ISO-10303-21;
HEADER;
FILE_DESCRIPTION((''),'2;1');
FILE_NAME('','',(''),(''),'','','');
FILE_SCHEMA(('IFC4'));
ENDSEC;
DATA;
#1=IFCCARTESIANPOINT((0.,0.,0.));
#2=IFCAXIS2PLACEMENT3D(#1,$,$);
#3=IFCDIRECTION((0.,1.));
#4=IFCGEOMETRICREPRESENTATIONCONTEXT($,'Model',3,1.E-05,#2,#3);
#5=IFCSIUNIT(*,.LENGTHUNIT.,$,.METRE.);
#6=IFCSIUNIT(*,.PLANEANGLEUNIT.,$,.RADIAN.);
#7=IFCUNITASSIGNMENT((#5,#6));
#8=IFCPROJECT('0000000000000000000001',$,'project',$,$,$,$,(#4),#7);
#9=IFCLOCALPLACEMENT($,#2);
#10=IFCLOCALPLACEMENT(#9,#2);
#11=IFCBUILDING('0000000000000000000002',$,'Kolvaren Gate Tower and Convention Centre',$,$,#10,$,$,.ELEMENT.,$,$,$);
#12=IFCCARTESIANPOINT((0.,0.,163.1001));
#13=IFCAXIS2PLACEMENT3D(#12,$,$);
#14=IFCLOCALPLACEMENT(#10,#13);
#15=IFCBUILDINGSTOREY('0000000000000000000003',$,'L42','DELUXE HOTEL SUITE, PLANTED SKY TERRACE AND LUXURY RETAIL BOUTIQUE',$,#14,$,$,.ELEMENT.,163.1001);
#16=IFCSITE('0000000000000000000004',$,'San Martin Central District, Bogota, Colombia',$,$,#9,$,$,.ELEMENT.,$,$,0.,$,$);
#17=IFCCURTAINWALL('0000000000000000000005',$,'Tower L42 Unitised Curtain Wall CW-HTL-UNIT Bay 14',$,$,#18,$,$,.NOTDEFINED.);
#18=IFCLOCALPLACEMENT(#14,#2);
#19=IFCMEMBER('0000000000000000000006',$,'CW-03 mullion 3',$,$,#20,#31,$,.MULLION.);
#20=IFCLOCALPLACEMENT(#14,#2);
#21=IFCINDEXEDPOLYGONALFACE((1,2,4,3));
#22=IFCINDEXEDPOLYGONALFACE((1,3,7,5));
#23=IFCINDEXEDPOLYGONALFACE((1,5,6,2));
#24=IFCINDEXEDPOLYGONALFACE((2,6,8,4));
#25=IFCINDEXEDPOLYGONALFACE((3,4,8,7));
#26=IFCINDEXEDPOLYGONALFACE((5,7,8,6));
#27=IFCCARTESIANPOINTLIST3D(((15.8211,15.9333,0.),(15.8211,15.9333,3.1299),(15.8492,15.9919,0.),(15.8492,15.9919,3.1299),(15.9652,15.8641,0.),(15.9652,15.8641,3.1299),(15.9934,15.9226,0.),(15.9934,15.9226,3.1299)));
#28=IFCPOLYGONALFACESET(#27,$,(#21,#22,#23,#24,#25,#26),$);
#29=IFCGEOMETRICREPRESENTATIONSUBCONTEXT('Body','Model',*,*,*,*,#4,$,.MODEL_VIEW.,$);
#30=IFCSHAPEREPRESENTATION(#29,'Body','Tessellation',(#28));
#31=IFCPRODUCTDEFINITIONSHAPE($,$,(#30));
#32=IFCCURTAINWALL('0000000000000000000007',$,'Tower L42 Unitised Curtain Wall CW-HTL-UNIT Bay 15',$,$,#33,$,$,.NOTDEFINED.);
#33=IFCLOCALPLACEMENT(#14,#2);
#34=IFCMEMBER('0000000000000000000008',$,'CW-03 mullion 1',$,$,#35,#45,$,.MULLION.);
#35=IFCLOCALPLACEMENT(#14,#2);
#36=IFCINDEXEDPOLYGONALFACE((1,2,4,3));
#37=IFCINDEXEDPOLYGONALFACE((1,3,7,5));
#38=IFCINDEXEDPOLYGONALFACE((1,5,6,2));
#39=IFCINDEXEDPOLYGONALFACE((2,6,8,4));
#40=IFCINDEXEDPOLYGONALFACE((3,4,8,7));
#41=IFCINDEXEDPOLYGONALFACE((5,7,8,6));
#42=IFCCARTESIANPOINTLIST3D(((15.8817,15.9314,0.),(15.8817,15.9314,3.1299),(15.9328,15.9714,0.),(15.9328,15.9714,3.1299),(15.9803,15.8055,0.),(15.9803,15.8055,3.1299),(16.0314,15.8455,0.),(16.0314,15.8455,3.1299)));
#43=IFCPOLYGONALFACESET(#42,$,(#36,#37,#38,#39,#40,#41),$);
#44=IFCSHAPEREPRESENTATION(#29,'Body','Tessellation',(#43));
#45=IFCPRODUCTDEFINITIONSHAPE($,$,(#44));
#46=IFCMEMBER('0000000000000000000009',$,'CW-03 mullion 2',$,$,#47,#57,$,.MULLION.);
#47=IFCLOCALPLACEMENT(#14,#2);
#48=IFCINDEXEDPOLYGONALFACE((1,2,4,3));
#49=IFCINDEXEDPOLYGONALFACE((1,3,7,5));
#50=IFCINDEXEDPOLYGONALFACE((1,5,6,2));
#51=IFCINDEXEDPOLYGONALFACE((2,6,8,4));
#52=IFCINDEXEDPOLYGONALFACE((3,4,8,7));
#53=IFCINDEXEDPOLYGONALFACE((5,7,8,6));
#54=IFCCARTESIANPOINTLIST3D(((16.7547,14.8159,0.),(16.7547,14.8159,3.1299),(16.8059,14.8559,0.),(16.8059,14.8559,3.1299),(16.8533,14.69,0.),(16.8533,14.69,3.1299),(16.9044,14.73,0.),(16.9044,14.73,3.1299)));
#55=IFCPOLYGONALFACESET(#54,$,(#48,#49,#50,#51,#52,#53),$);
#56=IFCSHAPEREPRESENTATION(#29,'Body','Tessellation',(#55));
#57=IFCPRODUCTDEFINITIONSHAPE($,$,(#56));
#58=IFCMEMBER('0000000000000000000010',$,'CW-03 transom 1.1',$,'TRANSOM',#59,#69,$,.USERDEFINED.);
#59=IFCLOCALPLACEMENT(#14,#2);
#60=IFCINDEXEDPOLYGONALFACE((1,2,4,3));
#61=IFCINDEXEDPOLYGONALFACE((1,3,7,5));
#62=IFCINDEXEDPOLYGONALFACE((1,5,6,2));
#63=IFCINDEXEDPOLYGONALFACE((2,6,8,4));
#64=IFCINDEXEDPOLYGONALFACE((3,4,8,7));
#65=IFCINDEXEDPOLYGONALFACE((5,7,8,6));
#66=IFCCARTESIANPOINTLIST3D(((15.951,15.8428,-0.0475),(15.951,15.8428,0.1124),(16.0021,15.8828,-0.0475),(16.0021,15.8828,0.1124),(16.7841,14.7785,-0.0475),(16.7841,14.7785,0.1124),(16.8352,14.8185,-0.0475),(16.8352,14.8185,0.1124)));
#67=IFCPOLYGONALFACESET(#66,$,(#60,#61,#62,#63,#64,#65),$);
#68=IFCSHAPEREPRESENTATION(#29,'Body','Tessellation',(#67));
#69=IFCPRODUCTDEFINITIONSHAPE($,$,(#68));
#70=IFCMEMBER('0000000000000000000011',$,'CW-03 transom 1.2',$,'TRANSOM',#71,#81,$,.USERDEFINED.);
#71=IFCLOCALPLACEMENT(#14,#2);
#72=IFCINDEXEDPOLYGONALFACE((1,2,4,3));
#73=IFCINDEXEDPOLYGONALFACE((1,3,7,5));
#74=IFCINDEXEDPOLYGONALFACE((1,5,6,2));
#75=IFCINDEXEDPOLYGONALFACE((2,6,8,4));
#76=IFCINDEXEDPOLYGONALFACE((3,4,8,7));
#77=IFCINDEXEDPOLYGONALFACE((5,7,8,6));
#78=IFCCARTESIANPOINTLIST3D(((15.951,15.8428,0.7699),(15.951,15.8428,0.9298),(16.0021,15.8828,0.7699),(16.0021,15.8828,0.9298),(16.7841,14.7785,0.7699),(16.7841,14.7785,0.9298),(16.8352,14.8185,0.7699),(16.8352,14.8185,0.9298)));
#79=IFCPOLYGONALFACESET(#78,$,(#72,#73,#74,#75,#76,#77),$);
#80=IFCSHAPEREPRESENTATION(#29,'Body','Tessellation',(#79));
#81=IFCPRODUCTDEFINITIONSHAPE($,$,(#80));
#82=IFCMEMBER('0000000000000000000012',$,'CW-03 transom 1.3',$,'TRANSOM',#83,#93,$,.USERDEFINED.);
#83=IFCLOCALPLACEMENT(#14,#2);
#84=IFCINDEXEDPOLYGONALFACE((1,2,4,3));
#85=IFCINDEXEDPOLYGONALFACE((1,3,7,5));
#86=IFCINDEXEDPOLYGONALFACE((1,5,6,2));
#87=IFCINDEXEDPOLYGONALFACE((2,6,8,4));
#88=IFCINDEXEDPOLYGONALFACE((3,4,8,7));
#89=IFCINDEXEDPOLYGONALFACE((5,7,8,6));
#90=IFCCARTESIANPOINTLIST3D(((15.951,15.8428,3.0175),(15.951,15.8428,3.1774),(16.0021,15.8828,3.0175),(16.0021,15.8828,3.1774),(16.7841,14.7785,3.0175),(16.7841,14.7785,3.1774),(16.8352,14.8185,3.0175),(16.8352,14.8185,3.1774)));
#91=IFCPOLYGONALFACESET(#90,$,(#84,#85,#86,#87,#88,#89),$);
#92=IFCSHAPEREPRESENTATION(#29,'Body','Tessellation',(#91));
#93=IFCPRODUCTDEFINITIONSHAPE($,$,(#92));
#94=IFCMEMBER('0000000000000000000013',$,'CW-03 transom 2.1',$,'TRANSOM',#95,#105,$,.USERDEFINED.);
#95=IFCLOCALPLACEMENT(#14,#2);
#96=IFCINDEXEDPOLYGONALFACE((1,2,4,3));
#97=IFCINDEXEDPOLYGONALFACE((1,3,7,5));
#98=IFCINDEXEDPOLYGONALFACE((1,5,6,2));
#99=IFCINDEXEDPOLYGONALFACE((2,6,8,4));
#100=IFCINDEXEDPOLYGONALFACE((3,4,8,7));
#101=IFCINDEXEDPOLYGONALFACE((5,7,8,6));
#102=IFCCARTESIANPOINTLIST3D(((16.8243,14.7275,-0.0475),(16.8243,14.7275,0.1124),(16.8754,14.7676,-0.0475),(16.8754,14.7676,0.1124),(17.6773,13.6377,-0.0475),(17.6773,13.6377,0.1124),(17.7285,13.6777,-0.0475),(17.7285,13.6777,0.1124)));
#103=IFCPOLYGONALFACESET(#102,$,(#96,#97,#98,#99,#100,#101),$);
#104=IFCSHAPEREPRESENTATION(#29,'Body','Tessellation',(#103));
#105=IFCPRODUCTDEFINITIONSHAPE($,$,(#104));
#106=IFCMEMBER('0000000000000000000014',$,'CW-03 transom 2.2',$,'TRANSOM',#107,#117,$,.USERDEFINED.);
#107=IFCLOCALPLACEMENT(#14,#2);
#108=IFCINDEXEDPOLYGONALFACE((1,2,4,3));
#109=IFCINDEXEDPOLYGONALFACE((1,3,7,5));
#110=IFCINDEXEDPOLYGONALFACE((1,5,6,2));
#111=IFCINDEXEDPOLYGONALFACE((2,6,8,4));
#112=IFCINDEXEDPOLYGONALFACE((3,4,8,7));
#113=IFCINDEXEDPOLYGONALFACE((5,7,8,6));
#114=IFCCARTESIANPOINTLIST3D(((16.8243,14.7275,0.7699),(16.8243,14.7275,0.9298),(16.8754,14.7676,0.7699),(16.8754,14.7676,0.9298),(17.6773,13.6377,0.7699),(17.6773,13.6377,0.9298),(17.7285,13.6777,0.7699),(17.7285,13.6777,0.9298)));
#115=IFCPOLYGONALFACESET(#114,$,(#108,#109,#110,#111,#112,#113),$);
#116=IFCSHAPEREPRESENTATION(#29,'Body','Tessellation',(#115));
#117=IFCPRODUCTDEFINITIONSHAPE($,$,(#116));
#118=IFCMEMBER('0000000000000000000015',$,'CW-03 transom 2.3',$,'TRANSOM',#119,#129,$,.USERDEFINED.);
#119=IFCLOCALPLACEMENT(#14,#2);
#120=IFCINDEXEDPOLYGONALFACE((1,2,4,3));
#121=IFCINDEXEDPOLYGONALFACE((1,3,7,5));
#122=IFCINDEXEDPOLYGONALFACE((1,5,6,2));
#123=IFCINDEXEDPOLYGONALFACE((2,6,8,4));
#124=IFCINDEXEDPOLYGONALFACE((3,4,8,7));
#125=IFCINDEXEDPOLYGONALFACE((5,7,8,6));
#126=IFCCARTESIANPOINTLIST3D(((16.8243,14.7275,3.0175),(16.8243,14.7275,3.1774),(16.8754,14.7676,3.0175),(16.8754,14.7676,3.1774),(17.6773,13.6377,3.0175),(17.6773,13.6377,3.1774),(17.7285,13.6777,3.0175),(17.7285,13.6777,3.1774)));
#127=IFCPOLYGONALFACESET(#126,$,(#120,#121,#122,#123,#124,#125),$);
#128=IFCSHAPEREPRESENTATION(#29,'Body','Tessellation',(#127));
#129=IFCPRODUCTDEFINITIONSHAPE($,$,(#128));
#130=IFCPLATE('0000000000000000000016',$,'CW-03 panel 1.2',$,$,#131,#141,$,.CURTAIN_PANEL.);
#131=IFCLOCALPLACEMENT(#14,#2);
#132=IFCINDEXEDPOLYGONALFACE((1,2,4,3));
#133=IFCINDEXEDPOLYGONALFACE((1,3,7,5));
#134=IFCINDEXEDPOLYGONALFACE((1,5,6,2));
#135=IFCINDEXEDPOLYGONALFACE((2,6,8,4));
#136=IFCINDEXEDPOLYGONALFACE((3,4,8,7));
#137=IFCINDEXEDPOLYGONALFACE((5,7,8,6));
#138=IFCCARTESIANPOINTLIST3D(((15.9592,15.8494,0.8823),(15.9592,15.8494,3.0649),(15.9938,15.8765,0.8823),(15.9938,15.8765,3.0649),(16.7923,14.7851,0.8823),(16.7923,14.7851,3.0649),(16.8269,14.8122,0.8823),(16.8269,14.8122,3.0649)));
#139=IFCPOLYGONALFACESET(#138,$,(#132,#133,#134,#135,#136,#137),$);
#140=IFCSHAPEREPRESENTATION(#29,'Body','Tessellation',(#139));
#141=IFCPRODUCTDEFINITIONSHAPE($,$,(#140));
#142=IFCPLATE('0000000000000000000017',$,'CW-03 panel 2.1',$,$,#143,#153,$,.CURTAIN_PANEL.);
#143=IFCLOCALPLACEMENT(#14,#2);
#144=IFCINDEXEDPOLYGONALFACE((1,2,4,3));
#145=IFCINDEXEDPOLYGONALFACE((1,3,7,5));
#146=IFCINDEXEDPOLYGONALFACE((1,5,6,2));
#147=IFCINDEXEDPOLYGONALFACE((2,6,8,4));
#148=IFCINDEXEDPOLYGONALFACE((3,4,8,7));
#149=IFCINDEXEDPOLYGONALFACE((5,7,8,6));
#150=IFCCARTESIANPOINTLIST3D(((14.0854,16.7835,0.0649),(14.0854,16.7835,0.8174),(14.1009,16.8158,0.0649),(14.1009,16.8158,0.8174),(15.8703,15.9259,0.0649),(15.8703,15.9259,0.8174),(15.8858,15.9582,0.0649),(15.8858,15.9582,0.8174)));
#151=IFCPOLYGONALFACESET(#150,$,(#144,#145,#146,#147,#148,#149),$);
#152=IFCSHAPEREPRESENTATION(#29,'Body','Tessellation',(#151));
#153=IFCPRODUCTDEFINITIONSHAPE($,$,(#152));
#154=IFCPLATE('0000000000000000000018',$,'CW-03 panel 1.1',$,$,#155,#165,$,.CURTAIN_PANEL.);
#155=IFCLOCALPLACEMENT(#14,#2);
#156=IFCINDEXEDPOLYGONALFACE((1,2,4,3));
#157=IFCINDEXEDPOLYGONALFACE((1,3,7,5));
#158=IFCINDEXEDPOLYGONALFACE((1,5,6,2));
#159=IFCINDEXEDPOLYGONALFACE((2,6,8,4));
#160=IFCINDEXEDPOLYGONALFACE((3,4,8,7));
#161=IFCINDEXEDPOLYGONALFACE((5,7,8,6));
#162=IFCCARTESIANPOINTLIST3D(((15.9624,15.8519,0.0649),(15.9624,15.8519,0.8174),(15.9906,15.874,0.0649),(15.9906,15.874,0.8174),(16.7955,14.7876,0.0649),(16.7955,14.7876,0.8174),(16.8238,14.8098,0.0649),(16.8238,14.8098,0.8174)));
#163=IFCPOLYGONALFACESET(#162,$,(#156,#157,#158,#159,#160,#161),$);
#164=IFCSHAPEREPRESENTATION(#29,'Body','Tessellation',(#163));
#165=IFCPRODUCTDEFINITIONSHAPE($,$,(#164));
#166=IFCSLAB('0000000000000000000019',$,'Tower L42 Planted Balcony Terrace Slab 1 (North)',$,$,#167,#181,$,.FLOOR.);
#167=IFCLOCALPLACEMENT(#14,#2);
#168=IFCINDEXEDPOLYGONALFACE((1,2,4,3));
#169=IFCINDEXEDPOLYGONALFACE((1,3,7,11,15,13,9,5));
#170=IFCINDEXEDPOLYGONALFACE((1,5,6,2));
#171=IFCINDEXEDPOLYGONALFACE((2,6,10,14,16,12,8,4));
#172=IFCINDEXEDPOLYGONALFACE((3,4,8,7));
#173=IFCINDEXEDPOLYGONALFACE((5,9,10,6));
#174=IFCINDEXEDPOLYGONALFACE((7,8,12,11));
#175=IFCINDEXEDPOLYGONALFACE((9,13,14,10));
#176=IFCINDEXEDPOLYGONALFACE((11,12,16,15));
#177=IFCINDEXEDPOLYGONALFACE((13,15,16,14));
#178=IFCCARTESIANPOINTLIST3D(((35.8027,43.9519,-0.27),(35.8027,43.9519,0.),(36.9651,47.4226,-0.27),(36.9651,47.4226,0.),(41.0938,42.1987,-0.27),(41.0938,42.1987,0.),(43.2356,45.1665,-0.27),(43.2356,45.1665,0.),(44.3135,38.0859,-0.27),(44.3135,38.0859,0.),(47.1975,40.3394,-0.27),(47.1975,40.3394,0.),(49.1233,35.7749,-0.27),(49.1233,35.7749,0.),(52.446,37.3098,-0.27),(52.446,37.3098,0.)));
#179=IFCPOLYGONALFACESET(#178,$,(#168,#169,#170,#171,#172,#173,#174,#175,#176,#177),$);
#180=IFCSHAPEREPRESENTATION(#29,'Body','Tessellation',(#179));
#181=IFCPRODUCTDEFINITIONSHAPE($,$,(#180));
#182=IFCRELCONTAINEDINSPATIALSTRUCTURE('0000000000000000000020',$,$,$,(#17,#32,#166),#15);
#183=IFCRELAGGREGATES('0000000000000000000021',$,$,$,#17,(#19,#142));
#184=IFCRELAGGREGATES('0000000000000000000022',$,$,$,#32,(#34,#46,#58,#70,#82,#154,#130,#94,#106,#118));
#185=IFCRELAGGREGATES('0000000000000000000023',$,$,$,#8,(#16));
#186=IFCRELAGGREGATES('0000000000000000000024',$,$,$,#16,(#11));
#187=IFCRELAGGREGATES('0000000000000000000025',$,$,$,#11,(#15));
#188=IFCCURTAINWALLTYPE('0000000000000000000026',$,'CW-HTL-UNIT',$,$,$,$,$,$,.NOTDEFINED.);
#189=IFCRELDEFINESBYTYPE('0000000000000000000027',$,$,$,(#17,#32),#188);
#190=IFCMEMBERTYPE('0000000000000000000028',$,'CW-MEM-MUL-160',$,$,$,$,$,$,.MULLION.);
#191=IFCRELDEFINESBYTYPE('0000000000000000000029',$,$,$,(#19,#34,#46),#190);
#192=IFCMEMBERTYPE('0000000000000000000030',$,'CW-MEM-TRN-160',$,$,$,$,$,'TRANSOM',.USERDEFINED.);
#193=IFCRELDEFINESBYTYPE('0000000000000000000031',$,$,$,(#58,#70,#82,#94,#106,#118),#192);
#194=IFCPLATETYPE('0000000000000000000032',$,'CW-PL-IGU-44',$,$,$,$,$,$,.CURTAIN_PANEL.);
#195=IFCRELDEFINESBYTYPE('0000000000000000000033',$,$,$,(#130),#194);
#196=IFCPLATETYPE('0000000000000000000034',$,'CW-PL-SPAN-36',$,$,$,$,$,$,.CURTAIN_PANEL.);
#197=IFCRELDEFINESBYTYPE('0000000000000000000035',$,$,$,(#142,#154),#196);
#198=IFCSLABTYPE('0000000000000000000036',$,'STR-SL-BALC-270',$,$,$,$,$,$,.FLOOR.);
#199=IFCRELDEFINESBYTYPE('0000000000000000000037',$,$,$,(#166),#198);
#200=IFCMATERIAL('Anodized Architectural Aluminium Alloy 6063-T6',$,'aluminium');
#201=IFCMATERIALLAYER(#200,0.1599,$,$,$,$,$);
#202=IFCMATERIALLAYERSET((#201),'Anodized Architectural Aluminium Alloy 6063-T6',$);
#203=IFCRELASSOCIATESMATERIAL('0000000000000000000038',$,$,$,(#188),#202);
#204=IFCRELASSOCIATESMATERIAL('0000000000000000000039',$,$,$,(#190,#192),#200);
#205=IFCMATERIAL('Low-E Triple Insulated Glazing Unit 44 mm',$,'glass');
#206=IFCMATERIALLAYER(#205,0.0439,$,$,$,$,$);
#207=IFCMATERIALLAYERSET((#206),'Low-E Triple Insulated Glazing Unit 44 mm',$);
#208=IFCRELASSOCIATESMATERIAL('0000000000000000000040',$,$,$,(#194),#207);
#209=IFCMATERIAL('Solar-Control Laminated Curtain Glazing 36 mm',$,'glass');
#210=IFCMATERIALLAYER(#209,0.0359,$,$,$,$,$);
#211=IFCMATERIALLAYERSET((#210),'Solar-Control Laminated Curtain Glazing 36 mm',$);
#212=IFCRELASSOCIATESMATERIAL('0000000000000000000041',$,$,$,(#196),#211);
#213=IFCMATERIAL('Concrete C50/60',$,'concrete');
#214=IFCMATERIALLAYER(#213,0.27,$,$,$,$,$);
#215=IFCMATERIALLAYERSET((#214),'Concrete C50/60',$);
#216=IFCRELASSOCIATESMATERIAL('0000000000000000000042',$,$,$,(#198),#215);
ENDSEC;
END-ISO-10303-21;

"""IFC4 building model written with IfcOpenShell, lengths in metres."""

from ifc_helpers import new_model, si_unit, direction, frame, origin, origin_2d, place, context, subcontext, project, spatial, polyline, rectangle, outline, extrude, material, layer, layer_set, material_profile, profile_set, type_object, element, aggregate, save


model = new_model("IFC4")

# Units and contexts
model_context = context("Model", 3, precision=1e-05, world=origin(), true_north=direction((0.0, 1.0)))
body_context = subcontext(model_context, "Body", "Model", "MODEL_VIEW")
ifc_project = project(units=[si_unit("LENGTHUNIT", "METRE"), si_unit("PLANEANGLEUNIT", "RADIAN")], contexts=[model_context])

# Site, building, storey
site_placement = place(None, origin())
site = spatial("IfcSite", under=ifc_project, at=site_placement, Name="San Martin Central District, Bogota, Colombia", CompositionType="ELEMENT", RefElevation=0.0)
building_placement = place(site_placement, origin())
building = spatial("IfcBuilding", under=site, at=building_placement, Name="Kolvaren Gate Tower and Convention Centre", CompositionType="ELEMENT")
storey_placement = place(building_placement, frame((0.0, 0.0, 163.1001)))
storey = spatial("IfcBuildingStorey", under=building, at=storey_placement, Name="L42", Description="DELUXE HOTEL SUITE, PLANTED SKY TERRACE AND LUXURY RETAIL BOUTIQUE", CompositionType="ELEMENT", Elevation=163.1001)

# Curtain wall, member
ifc_material_1 = material(Name="Anodized Architectural Aluminium Alloy 6063-T6", Category="aluminium")
ifc_layer_1 = layer(ifc_material_1, 0.1599)
ifc_layer_set_1 = layer_set([ifc_layer_1], Name="Anodized Architectural Aluminium Alloy 6063-T6")
curtain_wall_type = type_object("IfcCurtainWallType", Name="CW-HTL-UNIT", PredefinedType="NOTDEFINED", material=ifc_layer_set_1)
curtain_wall_1_placement = place(storey_placement, origin())
curtain_wall_1 = element("IfcCurtainWall", 1, at=curtain_wall_1_placement, inside=storey, type_object=curtain_wall_type, Name="Tower L42 Unitised Curtain Wall CW-HTL-UNIT Bay 14", PredefinedType="NOTDEFINED")
ifc_material_profile_1 = material_profile(ifc_material_1, rectangle(XDim=0.0649, YDim=0.1599, at=origin_2d()), Name="CW-MEM-MUL-160")
ifc_profile_set_1 = profile_set([ifc_material_profile_1], Name="Anodized Architectural Aluminium Alloy 6063-T6")
member_type_1 = type_object("IfcMemberType", Name="CW-MEM-MUL-160", PredefinedType="MULLION", material=ifc_profile_set_1)
member_1_placement = place(storey_placement, frame((15.9072, 15.928, 0.0), z_axis=(0.0, 0.0, 1.0), x_axis=(0.433065, 0.901363, 0.0)))
member_1 = element("IfcMember", 2, at=member_1_placement, type_object=member_type_1, Name="CW-03 mullion 3", PredefinedType="MULLION", context=body_context, shape_type="SweptSolid", body=[
    extrude(rectangle(XDim=0.0649, YDim=0.1599, at=origin_2d()), origin(), (0.0, 0.0, 1.0), 3.1299),
])

# Curtain wall, members, plate
curtain_wall_2_placement = place(storey_placement, origin())
curtain_wall_2 = element("IfcCurtainWall", 3, at=curtain_wall_2_placement, inside=storey, type_object=curtain_wall_type, Name="Tower L42 Unitised Curtain Wall CW-HTL-UNIT Bay 15", PredefinedType="NOTDEFINED")
member_2_placement = place(storey_placement, frame((15.9565, 15.8884, 0.0), z_axis=(0.0, 0.0, 1.0), x_axis=(0.787415, 0.616424, 0.0)))
member_2 = element("IfcMember", 4, at=member_2_placement, type_object=member_type_1, Name="CW-03 mullion 1", PredefinedType="MULLION", context=body_context, shape_type="SweptSolid", body=[
    extrude(rectangle(XDim=0.0649, YDim=0.1599, at=origin_2d()), origin(), (0.0, 0.0, 1.0), 3.1299),
])
member_3_placement = place(storey_placement, frame((16.8296, 14.7729, 0.0), z_axis=(0.0, 0.0, 1.0), x_axis=(0.787415, 0.616424, 0.0)))
member_3 = element("IfcMember", 5, at=member_3_placement, type_object=member_type_1, Name="CW-03 mullion 2", PredefinedType="MULLION", context=body_context, shape_type="SweptSolid", body=[
    extrude(rectangle(XDim=0.0649, YDim=0.1599, at=origin_2d()), origin(), (0.0, 0.0, 1.0), 3.1299),
])
ifc_material_profile_2 = material_profile(ifc_material_1, rectangle(XDim=0.0649, YDim=0.1599, at=origin_2d()), Name="CW-MEM-TRN-160")
ifc_profile_set_2 = profile_set([ifc_material_profile_2], Name="Anodized Architectural Aluminium Alloy 6063-T6")
member_type_2 = type_object("IfcMemberType", Name="CW-MEM-TRN-160", ElementType="TRANSOM", PredefinedType="USERDEFINED", material=ifc_profile_set_2)
member_4_placement = place(storey_placement, frame((15.9766, 15.8628, 0.0325), z_axis=(0.616376, -0.787452, 0.0), x_axis=(0.787452, 0.616376, 0.0)))
member_4 = element("IfcMember", 6, at=member_4_placement, type_object=member_type_2, Name="CW-03 transom 1.1", ObjectType="TRANSOM", PredefinedType="USERDEFINED", context=body_context, shape_type="SweptSolid", body=[
    extrude(rectangle(XDim=0.0649, YDim=0.1599, at=origin_2d()), origin(), (0.0, 0.0, 1.0), 1.3516),
])
member_5_placement = place(storey_placement, frame((15.9766, 15.8628, 0.8499), z_axis=(0.616376, -0.787452, 0.0), x_axis=(0.787452, 0.616376, 0.0)))
member_5 = element("IfcMember", 7, at=member_5_placement, type_object=member_type_2, Name="CW-03 transom 1.2", ObjectType="TRANSOM", PredefinedType="USERDEFINED", context=body_context, shape_type="SweptSolid", body=[
    extrude(rectangle(XDim=0.0649, YDim=0.1599, at=origin_2d()), origin(), (0.0, 0.0, 1.0), 1.3516),
])
member_6_placement = place(storey_placement, frame((15.9766, 15.8628, 3.0974), z_axis=(0.616376, -0.787452, 0.0), x_axis=(0.787452, 0.616376, 0.0)))
member_6 = element("IfcMember", 8, at=member_6_placement, type_object=member_type_2, Name="CW-03 transom 1.3", ObjectType="TRANSOM", PredefinedType="USERDEFINED", context=body_context, shape_type="SweptSolid", body=[
    extrude(rectangle(XDim=0.0649, YDim=0.1599, at=origin_2d()), origin(), (0.0, 0.0, 1.0), 1.3516),
])
member_7_placement = place(storey_placement, frame((16.8499, 14.7476, 0.0325), z_axis=(0.616356, -0.787468, 0.0), x_axis=(0.787468, 0.616356, 0.0)))
member_7 = element("IfcMember", 9, at=member_7_placement, type_object=member_type_2, Name="CW-03 transom 2.1", ObjectType="TRANSOM", PredefinedType="USERDEFINED", context=body_context, shape_type="SweptSolid", body=[
    extrude(rectangle(XDim=0.0649, YDim=0.1599, at=origin_2d()), origin(), (0.0, 0.0, 1.0), 1.384),
])
member_8_placement = place(storey_placement, frame((16.8499, 14.7476, 0.8499), z_axis=(0.616356, -0.787468, 0.0), x_axis=(0.787468, 0.616356, 0.0)))
member_8 = element("IfcMember", 10, at=member_8_placement, type_object=member_type_2, Name="CW-03 transom 2.2", ObjectType="TRANSOM", PredefinedType="USERDEFINED", context=body_context, shape_type="SweptSolid", body=[
    extrude(rectangle(XDim=0.0649, YDim=0.1599, at=origin_2d()), origin(), (0.0, 0.0, 1.0), 1.384),
])
member_9_placement = place(storey_placement, frame((16.8499, 14.7476, 3.0974), z_axis=(0.616356, -0.787468, 0.0), x_axis=(0.787468, 0.616356, 0.0)))
member_9 = element("IfcMember", 11, at=member_9_placement, type_object=member_type_2, Name="CW-03 transom 2.3", ObjectType="TRANSOM", PredefinedType="USERDEFINED", context=body_context, shape_type="SweptSolid", body=[
    extrude(rectangle(XDim=0.0649, YDim=0.1599, at=origin_2d()), origin(), (0.0, 0.0, 1.0), 1.384),
])
ifc_material_2 = material(Name="Low-E Triple Insulated Glazing Unit 44 mm", Category="glass")
ifc_layer_2 = layer(ifc_material_2, 0.0439)
ifc_layer_set_2 = layer_set([ifc_layer_2], Name="Low-E Triple Insulated Glazing Unit 44 mm")
plate_type_1 = type_object("IfcPlateType", Name="CW-PL-IGU-44", PredefinedType="CURTAIN_PANEL", material=ifc_layer_set_2)
plate_1_placement = place(storey_placement, frame((16.3931, 15.3308, 0.8823), z_axis=(0.0, 0.0, 1.0), x_axis=(0.616424, -0.787415, 0.0)))
plate_1 = element("IfcPlate", 12, at=plate_1_placement, type_object=plate_type_1, Name="CW-03 panel 1.2", PredefinedType="CURTAIN_PANEL", context=body_context, shape_type="SweptSolid", body=[
    extrude(rectangle(XDim=1.3516, YDim=0.0439, at=origin_2d()), origin(), (0.0, 0.0, 1.0), 2.1826),
])

# Plates
ifc_material_3 = material(Name="Solar-Control Laminated Curtain Glazing 36 mm", Category="glass")
ifc_layer_3 = layer(ifc_material_3, 0.0359)
ifc_layer_set_3 = layer_set([ifc_layer_3], Name="Solar-Control Laminated Curtain Glazing 36 mm")
plate_type_2 = type_object("IfcPlateType", Name="CW-PL-SPAN-36", PredefinedType="CURTAIN_PANEL", material=ifc_layer_set_3)
plate_2_placement = place(storey_placement, frame((14.9856, 16.3708, 0.0649), z_axis=(0.0, 0.0, 1.0), x_axis=(0.901363, -0.433065, 0.0)))
plate_2 = element("IfcPlate", 13, at=plate_2_placement, type_object=plate_type_2, Name="CW-03 panel 2.1", PredefinedType="CURTAIN_PANEL", context=body_context, shape_type="SweptSolid", body=[
    extrude(rectangle(XDim=1.9802, YDim=0.0359, at=origin_2d()), origin(), (0.0, 0.0, 1.0), 0.7524),
])
aggregate(curtain_wall_1, [member_1, plate_2])
plate_3_placement = place(storey_placement, frame((16.3931, 15.3308, 0.0649), z_axis=(0.0, 0.0, 1.0), x_axis=(0.616424, -0.787415, 0.0)))
plate_3 = element("IfcPlate", 14, at=plate_3_placement, type_object=plate_type_2, Name="CW-03 panel 1.1", PredefinedType="CURTAIN_PANEL", context=body_context, shape_type="SweptSolid", body=[
    extrude(rectangle(XDim=1.3516, YDim=0.0359, at=origin_2d()), origin(), (0.0, 0.0, 1.0), 0.7524),
])
aggregate(curtain_wall_2, [member_2, member_3, member_4, member_5, member_6, plate_3, plate_1, member_7, member_8, member_9])

# Slab
ifc_material_4 = material(Name="Concrete C50/60", Category="concrete")
ifc_layer_4 = layer(ifc_material_4, 0.27)
ifc_layer_set_4 = layer_set([ifc_layer_4], Name="Concrete C50/60")
slab_type_1 = type_object("IfcSlabType", Name="STR-SL-BALC-270", PredefinedType="FLOOR", material=ifc_layer_set_4)
slab_1_placement = place(storey_placement, frame((0.0, 0.0, -0.27)))
element("IfcSlab", 15, at=slab_1_placement, inside=storey, type_object=slab_type_1, Name="Tower L42 Planted Balcony Terrace Slab 1 (North)", PredefinedType="FLOOR", context=body_context, shape_type="SweptSolid", body=[
    extrude(outline(polyline([(49.1233, 35.7749), (44.3135, 38.0859), (41.0938, 42.1987), (35.8027, 43.9519), (36.9651, 47.4226), (43.2356, 45.1665), (47.1975, 40.3394), (52.446, 37.3098), (49.1233, 35.7749)])), origin(), (0.0, 0.0, 1.0), 0.27),
])

save(model, "model.ifc")
